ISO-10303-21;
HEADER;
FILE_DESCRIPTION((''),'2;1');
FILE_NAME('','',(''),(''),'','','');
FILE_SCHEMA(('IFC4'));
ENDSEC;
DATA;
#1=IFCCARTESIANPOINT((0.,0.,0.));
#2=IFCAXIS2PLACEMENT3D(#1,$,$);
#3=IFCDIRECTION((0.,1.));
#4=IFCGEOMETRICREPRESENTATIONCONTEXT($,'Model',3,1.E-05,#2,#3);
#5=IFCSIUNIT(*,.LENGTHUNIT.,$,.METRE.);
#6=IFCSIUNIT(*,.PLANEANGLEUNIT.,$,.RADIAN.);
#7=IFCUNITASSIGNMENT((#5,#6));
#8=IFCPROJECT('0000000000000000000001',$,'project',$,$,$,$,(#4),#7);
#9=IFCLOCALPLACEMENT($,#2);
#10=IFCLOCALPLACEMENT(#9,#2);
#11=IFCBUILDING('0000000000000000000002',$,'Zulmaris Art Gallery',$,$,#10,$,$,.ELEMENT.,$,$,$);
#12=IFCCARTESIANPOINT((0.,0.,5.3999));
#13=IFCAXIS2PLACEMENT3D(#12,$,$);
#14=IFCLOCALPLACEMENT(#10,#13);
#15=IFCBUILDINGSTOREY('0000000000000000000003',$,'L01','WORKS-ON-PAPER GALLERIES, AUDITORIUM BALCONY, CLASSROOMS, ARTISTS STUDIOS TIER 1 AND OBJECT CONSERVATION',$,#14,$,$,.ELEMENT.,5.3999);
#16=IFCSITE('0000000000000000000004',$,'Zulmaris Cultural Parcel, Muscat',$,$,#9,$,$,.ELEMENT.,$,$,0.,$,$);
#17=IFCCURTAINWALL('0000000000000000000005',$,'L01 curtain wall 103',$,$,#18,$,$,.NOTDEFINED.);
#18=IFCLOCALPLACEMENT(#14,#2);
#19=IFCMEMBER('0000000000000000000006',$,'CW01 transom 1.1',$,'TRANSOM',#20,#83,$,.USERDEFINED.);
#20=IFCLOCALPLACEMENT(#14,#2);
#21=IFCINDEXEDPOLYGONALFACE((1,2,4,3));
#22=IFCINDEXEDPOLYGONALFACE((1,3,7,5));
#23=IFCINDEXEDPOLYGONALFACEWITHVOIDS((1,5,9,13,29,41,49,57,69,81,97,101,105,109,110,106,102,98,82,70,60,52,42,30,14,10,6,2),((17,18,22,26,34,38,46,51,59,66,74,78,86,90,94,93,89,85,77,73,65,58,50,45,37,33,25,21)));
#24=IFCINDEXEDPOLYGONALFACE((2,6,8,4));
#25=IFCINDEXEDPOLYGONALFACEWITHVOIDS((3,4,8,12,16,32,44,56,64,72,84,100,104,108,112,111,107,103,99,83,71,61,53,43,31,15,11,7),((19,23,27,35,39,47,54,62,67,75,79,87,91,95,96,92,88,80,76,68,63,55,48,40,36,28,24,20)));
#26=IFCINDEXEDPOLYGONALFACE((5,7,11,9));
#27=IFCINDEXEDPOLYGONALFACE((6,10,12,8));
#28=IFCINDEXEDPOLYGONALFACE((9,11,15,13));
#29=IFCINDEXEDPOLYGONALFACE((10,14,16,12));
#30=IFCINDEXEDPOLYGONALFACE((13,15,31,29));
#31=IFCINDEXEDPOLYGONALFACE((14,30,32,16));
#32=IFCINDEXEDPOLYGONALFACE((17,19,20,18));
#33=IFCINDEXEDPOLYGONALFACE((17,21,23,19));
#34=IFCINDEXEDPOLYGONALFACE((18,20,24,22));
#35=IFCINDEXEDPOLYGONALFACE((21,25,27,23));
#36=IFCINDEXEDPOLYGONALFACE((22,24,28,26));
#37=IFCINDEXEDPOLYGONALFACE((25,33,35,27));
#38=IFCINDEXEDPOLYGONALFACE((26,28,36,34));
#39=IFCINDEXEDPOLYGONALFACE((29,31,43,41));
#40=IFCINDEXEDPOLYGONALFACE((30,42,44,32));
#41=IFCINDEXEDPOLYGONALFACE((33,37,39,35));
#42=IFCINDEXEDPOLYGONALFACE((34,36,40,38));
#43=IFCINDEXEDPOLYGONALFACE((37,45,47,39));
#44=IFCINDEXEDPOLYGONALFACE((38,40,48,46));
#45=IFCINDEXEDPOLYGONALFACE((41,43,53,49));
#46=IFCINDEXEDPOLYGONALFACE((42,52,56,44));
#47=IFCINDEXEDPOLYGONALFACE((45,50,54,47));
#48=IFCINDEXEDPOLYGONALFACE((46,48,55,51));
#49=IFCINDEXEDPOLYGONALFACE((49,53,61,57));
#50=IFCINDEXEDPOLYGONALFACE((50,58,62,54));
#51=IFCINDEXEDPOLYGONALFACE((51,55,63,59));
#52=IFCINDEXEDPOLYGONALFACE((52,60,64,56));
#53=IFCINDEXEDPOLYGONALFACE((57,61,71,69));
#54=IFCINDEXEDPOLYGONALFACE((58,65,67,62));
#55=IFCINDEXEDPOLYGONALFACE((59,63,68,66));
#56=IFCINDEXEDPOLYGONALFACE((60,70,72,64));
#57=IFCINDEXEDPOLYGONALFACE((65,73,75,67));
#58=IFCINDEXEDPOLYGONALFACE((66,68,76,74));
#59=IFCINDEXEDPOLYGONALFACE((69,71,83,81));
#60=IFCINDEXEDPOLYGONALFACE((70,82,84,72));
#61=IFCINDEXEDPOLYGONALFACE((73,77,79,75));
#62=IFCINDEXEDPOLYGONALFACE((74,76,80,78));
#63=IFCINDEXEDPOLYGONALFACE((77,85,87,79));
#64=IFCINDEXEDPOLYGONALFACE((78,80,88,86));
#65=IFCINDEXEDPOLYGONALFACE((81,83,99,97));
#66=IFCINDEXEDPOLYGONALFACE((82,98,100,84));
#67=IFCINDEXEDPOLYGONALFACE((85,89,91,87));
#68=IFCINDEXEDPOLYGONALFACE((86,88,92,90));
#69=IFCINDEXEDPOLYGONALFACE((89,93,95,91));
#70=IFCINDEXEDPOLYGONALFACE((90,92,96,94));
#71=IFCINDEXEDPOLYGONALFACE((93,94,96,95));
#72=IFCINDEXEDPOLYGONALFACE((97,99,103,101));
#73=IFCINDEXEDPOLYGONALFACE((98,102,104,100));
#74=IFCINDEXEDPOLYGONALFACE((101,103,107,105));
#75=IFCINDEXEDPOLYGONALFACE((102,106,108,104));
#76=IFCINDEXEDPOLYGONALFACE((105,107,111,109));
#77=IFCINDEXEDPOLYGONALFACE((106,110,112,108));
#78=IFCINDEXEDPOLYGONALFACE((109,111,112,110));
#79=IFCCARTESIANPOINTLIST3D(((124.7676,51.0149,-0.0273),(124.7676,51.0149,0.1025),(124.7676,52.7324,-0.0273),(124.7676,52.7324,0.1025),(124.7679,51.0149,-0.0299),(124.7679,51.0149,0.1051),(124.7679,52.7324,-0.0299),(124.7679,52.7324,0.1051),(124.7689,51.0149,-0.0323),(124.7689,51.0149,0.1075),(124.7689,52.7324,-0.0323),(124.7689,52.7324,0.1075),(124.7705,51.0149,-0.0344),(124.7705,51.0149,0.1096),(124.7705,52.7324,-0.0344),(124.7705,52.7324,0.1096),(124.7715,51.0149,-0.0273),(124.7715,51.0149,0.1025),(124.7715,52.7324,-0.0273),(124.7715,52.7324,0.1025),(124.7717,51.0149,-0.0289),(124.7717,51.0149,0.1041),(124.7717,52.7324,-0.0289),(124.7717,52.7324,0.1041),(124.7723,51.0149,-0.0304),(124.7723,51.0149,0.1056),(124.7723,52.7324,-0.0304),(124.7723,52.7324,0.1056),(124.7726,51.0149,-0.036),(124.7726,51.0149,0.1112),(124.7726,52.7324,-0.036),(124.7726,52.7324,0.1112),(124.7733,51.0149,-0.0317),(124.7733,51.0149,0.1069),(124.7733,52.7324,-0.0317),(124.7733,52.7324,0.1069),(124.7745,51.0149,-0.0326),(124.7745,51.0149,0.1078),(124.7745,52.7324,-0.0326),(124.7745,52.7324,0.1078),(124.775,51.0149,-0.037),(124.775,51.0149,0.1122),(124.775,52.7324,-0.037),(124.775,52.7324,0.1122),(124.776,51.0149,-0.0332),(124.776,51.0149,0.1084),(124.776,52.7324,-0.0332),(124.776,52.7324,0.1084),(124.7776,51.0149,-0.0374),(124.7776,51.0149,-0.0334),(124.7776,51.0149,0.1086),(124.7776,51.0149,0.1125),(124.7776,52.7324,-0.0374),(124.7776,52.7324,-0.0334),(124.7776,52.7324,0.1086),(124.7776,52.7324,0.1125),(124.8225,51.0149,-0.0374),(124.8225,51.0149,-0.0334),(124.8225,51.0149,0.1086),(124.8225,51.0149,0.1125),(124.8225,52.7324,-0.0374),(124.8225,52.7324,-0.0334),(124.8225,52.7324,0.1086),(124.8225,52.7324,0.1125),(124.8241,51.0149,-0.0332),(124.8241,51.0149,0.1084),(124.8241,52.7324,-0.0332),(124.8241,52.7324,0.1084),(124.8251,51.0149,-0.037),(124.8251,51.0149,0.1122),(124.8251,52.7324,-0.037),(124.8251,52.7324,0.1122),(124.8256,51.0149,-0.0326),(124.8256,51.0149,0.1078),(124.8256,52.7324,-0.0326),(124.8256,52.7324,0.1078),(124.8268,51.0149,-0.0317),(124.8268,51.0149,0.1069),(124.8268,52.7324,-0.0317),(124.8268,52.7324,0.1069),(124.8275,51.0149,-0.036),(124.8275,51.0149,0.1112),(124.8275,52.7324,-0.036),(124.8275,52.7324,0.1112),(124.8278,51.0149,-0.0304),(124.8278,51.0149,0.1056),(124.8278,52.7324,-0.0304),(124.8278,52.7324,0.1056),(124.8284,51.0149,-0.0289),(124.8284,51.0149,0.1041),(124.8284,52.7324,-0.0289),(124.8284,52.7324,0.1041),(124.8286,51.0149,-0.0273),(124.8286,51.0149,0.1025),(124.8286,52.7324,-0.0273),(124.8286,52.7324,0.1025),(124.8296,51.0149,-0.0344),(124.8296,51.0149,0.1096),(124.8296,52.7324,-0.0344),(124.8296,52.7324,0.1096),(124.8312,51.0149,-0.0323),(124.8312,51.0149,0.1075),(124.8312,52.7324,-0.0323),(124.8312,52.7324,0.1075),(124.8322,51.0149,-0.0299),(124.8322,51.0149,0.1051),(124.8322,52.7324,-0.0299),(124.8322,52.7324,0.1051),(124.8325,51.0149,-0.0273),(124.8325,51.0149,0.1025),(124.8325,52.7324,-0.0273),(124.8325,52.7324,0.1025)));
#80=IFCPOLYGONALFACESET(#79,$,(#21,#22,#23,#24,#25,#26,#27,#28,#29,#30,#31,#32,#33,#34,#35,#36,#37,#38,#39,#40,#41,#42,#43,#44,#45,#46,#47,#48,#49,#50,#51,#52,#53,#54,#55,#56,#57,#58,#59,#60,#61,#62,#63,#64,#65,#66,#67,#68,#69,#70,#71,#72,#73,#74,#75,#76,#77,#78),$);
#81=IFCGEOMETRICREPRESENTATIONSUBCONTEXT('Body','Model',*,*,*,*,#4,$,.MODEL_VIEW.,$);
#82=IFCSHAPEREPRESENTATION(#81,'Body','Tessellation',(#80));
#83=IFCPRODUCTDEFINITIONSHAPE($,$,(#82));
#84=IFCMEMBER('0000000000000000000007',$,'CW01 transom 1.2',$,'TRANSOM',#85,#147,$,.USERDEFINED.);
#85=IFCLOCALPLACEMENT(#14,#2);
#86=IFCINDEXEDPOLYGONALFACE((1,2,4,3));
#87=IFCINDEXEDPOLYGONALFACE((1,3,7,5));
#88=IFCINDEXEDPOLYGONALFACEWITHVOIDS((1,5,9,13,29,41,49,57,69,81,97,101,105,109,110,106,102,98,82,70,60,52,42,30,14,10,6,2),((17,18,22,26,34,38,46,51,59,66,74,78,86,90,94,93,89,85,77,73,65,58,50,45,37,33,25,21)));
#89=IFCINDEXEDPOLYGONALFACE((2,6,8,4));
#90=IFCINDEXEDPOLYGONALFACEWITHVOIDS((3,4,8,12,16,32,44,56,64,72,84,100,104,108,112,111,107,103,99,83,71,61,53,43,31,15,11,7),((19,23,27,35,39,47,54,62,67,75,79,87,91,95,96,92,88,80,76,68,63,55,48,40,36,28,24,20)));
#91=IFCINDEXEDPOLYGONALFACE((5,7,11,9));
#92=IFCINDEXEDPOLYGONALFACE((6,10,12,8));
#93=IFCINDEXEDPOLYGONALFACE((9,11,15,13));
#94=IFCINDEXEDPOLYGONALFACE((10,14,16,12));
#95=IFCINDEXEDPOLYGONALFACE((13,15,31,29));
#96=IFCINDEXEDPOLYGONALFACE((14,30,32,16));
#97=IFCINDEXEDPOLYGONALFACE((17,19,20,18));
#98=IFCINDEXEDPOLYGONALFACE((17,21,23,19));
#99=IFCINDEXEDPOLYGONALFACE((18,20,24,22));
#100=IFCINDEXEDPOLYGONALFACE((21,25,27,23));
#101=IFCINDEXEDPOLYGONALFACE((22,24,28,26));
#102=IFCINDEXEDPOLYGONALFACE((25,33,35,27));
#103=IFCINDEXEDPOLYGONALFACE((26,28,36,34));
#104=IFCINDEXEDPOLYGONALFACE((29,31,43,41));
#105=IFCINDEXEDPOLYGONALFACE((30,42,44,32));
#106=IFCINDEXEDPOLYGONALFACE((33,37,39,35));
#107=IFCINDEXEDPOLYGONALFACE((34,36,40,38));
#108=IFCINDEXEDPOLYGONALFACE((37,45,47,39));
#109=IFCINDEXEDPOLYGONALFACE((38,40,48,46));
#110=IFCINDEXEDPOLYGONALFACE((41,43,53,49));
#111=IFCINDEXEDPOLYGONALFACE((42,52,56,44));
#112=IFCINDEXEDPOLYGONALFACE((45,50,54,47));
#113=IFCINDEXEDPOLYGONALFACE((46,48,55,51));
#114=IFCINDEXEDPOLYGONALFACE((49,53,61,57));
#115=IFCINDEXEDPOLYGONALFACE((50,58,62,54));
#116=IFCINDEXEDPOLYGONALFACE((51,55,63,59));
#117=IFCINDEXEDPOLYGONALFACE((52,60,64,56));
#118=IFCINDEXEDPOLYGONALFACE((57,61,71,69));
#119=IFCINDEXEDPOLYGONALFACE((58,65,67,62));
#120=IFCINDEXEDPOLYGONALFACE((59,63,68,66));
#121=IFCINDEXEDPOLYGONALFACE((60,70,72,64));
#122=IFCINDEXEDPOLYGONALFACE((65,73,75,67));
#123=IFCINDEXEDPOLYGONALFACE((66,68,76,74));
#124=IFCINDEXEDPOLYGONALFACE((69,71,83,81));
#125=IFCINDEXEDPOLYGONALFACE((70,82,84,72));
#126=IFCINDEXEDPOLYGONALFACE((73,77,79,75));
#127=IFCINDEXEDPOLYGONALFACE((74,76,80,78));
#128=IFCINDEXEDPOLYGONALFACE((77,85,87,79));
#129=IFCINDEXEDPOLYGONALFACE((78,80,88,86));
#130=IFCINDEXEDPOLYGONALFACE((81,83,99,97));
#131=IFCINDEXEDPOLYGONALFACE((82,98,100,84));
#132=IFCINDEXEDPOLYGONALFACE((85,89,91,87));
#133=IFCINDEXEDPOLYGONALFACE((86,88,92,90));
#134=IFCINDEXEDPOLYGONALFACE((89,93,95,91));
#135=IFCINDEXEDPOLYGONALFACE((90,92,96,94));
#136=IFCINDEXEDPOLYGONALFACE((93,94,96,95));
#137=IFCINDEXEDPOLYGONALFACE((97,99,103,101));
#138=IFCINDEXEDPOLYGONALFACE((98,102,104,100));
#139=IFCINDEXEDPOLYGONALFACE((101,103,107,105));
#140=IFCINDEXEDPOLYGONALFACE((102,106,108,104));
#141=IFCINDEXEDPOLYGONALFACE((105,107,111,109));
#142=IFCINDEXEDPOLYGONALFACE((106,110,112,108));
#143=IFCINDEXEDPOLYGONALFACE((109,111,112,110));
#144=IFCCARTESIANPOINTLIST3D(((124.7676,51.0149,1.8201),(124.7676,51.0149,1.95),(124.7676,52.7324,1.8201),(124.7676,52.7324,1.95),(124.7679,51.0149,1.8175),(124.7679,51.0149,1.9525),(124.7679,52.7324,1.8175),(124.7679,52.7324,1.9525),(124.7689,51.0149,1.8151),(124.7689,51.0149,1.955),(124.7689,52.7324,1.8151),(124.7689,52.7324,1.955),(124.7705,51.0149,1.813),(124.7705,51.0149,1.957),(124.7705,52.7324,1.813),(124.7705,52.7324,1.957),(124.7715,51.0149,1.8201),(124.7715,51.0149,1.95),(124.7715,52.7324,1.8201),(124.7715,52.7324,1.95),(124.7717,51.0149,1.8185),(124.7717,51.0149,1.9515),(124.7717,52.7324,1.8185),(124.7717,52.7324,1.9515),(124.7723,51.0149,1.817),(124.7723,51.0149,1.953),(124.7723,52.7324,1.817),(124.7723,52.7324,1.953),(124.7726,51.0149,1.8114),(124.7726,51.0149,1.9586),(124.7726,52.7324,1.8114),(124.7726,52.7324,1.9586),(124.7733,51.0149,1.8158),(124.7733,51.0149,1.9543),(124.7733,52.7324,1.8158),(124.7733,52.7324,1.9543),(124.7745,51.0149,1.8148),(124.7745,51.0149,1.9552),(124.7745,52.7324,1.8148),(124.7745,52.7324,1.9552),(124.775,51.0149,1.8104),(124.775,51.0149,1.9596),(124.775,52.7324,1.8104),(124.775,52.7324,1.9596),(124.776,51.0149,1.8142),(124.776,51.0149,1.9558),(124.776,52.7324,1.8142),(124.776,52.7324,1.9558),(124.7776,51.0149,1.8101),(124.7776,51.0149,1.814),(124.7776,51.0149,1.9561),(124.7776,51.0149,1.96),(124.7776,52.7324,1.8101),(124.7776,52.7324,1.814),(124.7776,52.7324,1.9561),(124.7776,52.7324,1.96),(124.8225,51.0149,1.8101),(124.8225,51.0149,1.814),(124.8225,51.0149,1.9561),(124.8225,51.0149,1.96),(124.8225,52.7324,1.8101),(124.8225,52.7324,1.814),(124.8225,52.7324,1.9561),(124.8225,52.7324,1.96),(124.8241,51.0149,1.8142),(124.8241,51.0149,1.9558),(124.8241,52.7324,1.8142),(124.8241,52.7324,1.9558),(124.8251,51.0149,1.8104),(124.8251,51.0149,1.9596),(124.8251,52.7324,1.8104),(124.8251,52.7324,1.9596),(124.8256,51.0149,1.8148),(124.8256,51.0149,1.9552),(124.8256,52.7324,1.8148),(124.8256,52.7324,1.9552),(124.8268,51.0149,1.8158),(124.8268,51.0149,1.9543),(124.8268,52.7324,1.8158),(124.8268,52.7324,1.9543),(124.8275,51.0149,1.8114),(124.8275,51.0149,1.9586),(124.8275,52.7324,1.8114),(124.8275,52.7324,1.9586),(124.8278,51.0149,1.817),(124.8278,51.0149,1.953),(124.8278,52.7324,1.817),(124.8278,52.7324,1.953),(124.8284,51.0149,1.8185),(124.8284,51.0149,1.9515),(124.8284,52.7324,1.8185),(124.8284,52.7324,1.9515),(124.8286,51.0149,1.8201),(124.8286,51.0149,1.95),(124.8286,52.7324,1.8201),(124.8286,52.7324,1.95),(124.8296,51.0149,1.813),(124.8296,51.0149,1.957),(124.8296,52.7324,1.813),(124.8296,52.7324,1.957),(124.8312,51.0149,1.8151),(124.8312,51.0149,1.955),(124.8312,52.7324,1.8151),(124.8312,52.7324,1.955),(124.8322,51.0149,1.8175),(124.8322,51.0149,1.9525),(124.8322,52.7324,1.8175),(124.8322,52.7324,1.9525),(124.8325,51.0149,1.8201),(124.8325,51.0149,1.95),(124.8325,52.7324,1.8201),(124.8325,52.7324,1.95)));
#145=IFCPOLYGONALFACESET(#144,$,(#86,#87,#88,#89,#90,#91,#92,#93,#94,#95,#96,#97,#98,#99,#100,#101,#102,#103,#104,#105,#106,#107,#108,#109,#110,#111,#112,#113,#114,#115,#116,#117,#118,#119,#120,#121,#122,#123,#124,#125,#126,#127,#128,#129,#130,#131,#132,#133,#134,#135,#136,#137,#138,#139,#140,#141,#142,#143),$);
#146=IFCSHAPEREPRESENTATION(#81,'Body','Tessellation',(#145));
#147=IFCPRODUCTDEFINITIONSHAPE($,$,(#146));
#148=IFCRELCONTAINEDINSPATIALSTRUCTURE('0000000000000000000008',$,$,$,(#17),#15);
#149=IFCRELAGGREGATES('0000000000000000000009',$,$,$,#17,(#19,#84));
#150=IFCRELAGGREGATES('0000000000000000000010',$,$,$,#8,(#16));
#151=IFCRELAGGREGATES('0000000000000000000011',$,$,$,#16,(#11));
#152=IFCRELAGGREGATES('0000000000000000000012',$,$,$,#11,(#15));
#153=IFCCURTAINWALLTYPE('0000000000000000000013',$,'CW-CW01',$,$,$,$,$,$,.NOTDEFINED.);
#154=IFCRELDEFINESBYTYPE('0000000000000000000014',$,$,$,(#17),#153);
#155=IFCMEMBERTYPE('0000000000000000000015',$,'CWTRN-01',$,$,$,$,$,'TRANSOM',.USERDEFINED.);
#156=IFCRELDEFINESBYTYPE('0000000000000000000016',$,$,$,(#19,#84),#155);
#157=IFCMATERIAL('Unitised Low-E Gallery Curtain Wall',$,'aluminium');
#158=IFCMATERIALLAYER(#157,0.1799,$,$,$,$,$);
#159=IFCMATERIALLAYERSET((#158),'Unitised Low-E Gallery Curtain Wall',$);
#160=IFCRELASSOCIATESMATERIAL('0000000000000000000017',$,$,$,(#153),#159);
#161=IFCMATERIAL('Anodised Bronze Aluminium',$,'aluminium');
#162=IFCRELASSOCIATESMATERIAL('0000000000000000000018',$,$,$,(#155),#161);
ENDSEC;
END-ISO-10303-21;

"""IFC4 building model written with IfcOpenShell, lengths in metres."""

from ifc_helpers import new_model, si_unit, direction, frame, origin, origin_2d, place, context, subcontext, project, spatial, hollow_rectangle, extrude, material, layer, layer_set, material_profile, profile_set, type_object, element, aggregate, save


model = new_model("IFC4")

# Units and contexts
model_context = context("Model", 3, precision=1e-05, world=origin(), true_north=direction((0.0, 1.0)))
body_context = subcontext(model_context, "Body", "Model", "MODEL_VIEW")
ifc_project = project(units=[si_unit("LENGTHUNIT", "METRE"), si_unit("PLANEANGLEUNIT", "RADIAN")], contexts=[model_context])

# Site, building, storey
site_placement = place(None, origin())
site = spatial("IfcSite", under=ifc_project, at=site_placement, Name="Zulmaris Cultural Parcel, Muscat", CompositionType="ELEMENT", RefElevation=0.0)
building_placement = place(site_placement, origin())
building = spatial("IfcBuilding", under=site, at=building_placement, Name="Zulmaris Art Gallery", CompositionType="ELEMENT")
storey_placement = place(building_placement, frame((0.0, 0.0, 5.3999)))
storey = spatial("IfcBuildingStorey", under=building, at=storey_placement, Name="L01", Description="WORKS-ON-PAPER GALLERIES, AUDITORIUM BALCONY, CLASSROOMS, ARTISTS STUDIOS TIER 1 AND OBJECT CONSERVATION", CompositionType="ELEMENT", Elevation=5.3999)

# Curtain wall, members
ifc_material_1 = material(Name="Unitised Low-E Gallery Curtain Wall", Category="aluminium")
ifc_layer_1 = layer(ifc_material_1, 0.1799)
ifc_layer_set_1 = layer_set([ifc_layer_1], Name="Unitised Low-E Gallery Curtain Wall")
curtain_wall_type = type_object("IfcCurtainWallType", Name="CW-CW01", PredefinedType="NOTDEFINED", material=ifc_layer_set_1)
ifc_material_2 = material(Name="Anodised Bronze Aluminium", Category="aluminium")
curtain_wall_1_placement = place(storey_placement, origin())
curtain_wall_1 = element("IfcCurtainWall", 1, at=curtain_wall_1_placement, inside=storey, type_object=curtain_wall_type, Name="L01 curtain wall 103", PredefinedType="NOTDEFINED")
ifc_material_profile_1 = material_profile(ifc_material_2, hollow_rectangle(XDim=0.0649, YDim=0.1499, WallThickness=0.0039, InnerFilletRadius=0.0061, OuterFilletRadius=0.01, at=origin_2d()), Name="ALU 65x150x4")
ifc_profile_set_1 = profile_set([ifc_material_profile_1], Name="Anodised Bronze Aluminium")
member_type_1 = type_object("IfcMemberType", Name="CWTRN-01", ElementType="TRANSOM", PredefinedType="USERDEFINED", material=ifc_profile_set_1)
member_1_placement = place(storey_placement, frame((124.8, 51.0149, 0.0376), z_axis=(0.0, 1.0, 0.0), x_axis=(-1.0, 0.0, 0.0)))
member_1 = element("IfcMember", 2, at=member_1_placement, type_object=member_type_1, Name="CW01 transom 1.1", ObjectType="TRANSOM", PredefinedType="USERDEFINED", context=body_context, shape_type="SweptSolid", body=[
    extrude(hollow_rectangle(XDim=0.0649, YDim=0.1499, WallThickness=0.0039, InnerFilletRadius=0.0061, OuterFilletRadius=0.01, at=origin_2d()), origin(), (0.0, 0.0, 1.0), 1.7175),
])
member_2_placement = place(storey_placement, frame((124.8, 51.0149, 1.885), z_axis=(0.0, 1.0, 0.0), x_axis=(-1.0, 0.0, 0.0)))
member_2 = element("IfcMember", 3, at=member_2_placement, type_object=member_type_1, Name="CW01 transom 1.2", ObjectType="TRANSOM", PredefinedType="USERDEFINED", context=body_context, shape_type="SweptSolid", body=[
    extrude(hollow_rectangle(XDim=0.0649, YDim=0.1499, WallThickness=0.0039, InnerFilletRadius=0.0061, OuterFilletRadius=0.01, at=origin_2d()), origin(), (0.0, 0.0, 1.0), 1.7175),
])

aggregate(curtain_wall_1, [member_1, member_2])

save(model, "model.ifc")
